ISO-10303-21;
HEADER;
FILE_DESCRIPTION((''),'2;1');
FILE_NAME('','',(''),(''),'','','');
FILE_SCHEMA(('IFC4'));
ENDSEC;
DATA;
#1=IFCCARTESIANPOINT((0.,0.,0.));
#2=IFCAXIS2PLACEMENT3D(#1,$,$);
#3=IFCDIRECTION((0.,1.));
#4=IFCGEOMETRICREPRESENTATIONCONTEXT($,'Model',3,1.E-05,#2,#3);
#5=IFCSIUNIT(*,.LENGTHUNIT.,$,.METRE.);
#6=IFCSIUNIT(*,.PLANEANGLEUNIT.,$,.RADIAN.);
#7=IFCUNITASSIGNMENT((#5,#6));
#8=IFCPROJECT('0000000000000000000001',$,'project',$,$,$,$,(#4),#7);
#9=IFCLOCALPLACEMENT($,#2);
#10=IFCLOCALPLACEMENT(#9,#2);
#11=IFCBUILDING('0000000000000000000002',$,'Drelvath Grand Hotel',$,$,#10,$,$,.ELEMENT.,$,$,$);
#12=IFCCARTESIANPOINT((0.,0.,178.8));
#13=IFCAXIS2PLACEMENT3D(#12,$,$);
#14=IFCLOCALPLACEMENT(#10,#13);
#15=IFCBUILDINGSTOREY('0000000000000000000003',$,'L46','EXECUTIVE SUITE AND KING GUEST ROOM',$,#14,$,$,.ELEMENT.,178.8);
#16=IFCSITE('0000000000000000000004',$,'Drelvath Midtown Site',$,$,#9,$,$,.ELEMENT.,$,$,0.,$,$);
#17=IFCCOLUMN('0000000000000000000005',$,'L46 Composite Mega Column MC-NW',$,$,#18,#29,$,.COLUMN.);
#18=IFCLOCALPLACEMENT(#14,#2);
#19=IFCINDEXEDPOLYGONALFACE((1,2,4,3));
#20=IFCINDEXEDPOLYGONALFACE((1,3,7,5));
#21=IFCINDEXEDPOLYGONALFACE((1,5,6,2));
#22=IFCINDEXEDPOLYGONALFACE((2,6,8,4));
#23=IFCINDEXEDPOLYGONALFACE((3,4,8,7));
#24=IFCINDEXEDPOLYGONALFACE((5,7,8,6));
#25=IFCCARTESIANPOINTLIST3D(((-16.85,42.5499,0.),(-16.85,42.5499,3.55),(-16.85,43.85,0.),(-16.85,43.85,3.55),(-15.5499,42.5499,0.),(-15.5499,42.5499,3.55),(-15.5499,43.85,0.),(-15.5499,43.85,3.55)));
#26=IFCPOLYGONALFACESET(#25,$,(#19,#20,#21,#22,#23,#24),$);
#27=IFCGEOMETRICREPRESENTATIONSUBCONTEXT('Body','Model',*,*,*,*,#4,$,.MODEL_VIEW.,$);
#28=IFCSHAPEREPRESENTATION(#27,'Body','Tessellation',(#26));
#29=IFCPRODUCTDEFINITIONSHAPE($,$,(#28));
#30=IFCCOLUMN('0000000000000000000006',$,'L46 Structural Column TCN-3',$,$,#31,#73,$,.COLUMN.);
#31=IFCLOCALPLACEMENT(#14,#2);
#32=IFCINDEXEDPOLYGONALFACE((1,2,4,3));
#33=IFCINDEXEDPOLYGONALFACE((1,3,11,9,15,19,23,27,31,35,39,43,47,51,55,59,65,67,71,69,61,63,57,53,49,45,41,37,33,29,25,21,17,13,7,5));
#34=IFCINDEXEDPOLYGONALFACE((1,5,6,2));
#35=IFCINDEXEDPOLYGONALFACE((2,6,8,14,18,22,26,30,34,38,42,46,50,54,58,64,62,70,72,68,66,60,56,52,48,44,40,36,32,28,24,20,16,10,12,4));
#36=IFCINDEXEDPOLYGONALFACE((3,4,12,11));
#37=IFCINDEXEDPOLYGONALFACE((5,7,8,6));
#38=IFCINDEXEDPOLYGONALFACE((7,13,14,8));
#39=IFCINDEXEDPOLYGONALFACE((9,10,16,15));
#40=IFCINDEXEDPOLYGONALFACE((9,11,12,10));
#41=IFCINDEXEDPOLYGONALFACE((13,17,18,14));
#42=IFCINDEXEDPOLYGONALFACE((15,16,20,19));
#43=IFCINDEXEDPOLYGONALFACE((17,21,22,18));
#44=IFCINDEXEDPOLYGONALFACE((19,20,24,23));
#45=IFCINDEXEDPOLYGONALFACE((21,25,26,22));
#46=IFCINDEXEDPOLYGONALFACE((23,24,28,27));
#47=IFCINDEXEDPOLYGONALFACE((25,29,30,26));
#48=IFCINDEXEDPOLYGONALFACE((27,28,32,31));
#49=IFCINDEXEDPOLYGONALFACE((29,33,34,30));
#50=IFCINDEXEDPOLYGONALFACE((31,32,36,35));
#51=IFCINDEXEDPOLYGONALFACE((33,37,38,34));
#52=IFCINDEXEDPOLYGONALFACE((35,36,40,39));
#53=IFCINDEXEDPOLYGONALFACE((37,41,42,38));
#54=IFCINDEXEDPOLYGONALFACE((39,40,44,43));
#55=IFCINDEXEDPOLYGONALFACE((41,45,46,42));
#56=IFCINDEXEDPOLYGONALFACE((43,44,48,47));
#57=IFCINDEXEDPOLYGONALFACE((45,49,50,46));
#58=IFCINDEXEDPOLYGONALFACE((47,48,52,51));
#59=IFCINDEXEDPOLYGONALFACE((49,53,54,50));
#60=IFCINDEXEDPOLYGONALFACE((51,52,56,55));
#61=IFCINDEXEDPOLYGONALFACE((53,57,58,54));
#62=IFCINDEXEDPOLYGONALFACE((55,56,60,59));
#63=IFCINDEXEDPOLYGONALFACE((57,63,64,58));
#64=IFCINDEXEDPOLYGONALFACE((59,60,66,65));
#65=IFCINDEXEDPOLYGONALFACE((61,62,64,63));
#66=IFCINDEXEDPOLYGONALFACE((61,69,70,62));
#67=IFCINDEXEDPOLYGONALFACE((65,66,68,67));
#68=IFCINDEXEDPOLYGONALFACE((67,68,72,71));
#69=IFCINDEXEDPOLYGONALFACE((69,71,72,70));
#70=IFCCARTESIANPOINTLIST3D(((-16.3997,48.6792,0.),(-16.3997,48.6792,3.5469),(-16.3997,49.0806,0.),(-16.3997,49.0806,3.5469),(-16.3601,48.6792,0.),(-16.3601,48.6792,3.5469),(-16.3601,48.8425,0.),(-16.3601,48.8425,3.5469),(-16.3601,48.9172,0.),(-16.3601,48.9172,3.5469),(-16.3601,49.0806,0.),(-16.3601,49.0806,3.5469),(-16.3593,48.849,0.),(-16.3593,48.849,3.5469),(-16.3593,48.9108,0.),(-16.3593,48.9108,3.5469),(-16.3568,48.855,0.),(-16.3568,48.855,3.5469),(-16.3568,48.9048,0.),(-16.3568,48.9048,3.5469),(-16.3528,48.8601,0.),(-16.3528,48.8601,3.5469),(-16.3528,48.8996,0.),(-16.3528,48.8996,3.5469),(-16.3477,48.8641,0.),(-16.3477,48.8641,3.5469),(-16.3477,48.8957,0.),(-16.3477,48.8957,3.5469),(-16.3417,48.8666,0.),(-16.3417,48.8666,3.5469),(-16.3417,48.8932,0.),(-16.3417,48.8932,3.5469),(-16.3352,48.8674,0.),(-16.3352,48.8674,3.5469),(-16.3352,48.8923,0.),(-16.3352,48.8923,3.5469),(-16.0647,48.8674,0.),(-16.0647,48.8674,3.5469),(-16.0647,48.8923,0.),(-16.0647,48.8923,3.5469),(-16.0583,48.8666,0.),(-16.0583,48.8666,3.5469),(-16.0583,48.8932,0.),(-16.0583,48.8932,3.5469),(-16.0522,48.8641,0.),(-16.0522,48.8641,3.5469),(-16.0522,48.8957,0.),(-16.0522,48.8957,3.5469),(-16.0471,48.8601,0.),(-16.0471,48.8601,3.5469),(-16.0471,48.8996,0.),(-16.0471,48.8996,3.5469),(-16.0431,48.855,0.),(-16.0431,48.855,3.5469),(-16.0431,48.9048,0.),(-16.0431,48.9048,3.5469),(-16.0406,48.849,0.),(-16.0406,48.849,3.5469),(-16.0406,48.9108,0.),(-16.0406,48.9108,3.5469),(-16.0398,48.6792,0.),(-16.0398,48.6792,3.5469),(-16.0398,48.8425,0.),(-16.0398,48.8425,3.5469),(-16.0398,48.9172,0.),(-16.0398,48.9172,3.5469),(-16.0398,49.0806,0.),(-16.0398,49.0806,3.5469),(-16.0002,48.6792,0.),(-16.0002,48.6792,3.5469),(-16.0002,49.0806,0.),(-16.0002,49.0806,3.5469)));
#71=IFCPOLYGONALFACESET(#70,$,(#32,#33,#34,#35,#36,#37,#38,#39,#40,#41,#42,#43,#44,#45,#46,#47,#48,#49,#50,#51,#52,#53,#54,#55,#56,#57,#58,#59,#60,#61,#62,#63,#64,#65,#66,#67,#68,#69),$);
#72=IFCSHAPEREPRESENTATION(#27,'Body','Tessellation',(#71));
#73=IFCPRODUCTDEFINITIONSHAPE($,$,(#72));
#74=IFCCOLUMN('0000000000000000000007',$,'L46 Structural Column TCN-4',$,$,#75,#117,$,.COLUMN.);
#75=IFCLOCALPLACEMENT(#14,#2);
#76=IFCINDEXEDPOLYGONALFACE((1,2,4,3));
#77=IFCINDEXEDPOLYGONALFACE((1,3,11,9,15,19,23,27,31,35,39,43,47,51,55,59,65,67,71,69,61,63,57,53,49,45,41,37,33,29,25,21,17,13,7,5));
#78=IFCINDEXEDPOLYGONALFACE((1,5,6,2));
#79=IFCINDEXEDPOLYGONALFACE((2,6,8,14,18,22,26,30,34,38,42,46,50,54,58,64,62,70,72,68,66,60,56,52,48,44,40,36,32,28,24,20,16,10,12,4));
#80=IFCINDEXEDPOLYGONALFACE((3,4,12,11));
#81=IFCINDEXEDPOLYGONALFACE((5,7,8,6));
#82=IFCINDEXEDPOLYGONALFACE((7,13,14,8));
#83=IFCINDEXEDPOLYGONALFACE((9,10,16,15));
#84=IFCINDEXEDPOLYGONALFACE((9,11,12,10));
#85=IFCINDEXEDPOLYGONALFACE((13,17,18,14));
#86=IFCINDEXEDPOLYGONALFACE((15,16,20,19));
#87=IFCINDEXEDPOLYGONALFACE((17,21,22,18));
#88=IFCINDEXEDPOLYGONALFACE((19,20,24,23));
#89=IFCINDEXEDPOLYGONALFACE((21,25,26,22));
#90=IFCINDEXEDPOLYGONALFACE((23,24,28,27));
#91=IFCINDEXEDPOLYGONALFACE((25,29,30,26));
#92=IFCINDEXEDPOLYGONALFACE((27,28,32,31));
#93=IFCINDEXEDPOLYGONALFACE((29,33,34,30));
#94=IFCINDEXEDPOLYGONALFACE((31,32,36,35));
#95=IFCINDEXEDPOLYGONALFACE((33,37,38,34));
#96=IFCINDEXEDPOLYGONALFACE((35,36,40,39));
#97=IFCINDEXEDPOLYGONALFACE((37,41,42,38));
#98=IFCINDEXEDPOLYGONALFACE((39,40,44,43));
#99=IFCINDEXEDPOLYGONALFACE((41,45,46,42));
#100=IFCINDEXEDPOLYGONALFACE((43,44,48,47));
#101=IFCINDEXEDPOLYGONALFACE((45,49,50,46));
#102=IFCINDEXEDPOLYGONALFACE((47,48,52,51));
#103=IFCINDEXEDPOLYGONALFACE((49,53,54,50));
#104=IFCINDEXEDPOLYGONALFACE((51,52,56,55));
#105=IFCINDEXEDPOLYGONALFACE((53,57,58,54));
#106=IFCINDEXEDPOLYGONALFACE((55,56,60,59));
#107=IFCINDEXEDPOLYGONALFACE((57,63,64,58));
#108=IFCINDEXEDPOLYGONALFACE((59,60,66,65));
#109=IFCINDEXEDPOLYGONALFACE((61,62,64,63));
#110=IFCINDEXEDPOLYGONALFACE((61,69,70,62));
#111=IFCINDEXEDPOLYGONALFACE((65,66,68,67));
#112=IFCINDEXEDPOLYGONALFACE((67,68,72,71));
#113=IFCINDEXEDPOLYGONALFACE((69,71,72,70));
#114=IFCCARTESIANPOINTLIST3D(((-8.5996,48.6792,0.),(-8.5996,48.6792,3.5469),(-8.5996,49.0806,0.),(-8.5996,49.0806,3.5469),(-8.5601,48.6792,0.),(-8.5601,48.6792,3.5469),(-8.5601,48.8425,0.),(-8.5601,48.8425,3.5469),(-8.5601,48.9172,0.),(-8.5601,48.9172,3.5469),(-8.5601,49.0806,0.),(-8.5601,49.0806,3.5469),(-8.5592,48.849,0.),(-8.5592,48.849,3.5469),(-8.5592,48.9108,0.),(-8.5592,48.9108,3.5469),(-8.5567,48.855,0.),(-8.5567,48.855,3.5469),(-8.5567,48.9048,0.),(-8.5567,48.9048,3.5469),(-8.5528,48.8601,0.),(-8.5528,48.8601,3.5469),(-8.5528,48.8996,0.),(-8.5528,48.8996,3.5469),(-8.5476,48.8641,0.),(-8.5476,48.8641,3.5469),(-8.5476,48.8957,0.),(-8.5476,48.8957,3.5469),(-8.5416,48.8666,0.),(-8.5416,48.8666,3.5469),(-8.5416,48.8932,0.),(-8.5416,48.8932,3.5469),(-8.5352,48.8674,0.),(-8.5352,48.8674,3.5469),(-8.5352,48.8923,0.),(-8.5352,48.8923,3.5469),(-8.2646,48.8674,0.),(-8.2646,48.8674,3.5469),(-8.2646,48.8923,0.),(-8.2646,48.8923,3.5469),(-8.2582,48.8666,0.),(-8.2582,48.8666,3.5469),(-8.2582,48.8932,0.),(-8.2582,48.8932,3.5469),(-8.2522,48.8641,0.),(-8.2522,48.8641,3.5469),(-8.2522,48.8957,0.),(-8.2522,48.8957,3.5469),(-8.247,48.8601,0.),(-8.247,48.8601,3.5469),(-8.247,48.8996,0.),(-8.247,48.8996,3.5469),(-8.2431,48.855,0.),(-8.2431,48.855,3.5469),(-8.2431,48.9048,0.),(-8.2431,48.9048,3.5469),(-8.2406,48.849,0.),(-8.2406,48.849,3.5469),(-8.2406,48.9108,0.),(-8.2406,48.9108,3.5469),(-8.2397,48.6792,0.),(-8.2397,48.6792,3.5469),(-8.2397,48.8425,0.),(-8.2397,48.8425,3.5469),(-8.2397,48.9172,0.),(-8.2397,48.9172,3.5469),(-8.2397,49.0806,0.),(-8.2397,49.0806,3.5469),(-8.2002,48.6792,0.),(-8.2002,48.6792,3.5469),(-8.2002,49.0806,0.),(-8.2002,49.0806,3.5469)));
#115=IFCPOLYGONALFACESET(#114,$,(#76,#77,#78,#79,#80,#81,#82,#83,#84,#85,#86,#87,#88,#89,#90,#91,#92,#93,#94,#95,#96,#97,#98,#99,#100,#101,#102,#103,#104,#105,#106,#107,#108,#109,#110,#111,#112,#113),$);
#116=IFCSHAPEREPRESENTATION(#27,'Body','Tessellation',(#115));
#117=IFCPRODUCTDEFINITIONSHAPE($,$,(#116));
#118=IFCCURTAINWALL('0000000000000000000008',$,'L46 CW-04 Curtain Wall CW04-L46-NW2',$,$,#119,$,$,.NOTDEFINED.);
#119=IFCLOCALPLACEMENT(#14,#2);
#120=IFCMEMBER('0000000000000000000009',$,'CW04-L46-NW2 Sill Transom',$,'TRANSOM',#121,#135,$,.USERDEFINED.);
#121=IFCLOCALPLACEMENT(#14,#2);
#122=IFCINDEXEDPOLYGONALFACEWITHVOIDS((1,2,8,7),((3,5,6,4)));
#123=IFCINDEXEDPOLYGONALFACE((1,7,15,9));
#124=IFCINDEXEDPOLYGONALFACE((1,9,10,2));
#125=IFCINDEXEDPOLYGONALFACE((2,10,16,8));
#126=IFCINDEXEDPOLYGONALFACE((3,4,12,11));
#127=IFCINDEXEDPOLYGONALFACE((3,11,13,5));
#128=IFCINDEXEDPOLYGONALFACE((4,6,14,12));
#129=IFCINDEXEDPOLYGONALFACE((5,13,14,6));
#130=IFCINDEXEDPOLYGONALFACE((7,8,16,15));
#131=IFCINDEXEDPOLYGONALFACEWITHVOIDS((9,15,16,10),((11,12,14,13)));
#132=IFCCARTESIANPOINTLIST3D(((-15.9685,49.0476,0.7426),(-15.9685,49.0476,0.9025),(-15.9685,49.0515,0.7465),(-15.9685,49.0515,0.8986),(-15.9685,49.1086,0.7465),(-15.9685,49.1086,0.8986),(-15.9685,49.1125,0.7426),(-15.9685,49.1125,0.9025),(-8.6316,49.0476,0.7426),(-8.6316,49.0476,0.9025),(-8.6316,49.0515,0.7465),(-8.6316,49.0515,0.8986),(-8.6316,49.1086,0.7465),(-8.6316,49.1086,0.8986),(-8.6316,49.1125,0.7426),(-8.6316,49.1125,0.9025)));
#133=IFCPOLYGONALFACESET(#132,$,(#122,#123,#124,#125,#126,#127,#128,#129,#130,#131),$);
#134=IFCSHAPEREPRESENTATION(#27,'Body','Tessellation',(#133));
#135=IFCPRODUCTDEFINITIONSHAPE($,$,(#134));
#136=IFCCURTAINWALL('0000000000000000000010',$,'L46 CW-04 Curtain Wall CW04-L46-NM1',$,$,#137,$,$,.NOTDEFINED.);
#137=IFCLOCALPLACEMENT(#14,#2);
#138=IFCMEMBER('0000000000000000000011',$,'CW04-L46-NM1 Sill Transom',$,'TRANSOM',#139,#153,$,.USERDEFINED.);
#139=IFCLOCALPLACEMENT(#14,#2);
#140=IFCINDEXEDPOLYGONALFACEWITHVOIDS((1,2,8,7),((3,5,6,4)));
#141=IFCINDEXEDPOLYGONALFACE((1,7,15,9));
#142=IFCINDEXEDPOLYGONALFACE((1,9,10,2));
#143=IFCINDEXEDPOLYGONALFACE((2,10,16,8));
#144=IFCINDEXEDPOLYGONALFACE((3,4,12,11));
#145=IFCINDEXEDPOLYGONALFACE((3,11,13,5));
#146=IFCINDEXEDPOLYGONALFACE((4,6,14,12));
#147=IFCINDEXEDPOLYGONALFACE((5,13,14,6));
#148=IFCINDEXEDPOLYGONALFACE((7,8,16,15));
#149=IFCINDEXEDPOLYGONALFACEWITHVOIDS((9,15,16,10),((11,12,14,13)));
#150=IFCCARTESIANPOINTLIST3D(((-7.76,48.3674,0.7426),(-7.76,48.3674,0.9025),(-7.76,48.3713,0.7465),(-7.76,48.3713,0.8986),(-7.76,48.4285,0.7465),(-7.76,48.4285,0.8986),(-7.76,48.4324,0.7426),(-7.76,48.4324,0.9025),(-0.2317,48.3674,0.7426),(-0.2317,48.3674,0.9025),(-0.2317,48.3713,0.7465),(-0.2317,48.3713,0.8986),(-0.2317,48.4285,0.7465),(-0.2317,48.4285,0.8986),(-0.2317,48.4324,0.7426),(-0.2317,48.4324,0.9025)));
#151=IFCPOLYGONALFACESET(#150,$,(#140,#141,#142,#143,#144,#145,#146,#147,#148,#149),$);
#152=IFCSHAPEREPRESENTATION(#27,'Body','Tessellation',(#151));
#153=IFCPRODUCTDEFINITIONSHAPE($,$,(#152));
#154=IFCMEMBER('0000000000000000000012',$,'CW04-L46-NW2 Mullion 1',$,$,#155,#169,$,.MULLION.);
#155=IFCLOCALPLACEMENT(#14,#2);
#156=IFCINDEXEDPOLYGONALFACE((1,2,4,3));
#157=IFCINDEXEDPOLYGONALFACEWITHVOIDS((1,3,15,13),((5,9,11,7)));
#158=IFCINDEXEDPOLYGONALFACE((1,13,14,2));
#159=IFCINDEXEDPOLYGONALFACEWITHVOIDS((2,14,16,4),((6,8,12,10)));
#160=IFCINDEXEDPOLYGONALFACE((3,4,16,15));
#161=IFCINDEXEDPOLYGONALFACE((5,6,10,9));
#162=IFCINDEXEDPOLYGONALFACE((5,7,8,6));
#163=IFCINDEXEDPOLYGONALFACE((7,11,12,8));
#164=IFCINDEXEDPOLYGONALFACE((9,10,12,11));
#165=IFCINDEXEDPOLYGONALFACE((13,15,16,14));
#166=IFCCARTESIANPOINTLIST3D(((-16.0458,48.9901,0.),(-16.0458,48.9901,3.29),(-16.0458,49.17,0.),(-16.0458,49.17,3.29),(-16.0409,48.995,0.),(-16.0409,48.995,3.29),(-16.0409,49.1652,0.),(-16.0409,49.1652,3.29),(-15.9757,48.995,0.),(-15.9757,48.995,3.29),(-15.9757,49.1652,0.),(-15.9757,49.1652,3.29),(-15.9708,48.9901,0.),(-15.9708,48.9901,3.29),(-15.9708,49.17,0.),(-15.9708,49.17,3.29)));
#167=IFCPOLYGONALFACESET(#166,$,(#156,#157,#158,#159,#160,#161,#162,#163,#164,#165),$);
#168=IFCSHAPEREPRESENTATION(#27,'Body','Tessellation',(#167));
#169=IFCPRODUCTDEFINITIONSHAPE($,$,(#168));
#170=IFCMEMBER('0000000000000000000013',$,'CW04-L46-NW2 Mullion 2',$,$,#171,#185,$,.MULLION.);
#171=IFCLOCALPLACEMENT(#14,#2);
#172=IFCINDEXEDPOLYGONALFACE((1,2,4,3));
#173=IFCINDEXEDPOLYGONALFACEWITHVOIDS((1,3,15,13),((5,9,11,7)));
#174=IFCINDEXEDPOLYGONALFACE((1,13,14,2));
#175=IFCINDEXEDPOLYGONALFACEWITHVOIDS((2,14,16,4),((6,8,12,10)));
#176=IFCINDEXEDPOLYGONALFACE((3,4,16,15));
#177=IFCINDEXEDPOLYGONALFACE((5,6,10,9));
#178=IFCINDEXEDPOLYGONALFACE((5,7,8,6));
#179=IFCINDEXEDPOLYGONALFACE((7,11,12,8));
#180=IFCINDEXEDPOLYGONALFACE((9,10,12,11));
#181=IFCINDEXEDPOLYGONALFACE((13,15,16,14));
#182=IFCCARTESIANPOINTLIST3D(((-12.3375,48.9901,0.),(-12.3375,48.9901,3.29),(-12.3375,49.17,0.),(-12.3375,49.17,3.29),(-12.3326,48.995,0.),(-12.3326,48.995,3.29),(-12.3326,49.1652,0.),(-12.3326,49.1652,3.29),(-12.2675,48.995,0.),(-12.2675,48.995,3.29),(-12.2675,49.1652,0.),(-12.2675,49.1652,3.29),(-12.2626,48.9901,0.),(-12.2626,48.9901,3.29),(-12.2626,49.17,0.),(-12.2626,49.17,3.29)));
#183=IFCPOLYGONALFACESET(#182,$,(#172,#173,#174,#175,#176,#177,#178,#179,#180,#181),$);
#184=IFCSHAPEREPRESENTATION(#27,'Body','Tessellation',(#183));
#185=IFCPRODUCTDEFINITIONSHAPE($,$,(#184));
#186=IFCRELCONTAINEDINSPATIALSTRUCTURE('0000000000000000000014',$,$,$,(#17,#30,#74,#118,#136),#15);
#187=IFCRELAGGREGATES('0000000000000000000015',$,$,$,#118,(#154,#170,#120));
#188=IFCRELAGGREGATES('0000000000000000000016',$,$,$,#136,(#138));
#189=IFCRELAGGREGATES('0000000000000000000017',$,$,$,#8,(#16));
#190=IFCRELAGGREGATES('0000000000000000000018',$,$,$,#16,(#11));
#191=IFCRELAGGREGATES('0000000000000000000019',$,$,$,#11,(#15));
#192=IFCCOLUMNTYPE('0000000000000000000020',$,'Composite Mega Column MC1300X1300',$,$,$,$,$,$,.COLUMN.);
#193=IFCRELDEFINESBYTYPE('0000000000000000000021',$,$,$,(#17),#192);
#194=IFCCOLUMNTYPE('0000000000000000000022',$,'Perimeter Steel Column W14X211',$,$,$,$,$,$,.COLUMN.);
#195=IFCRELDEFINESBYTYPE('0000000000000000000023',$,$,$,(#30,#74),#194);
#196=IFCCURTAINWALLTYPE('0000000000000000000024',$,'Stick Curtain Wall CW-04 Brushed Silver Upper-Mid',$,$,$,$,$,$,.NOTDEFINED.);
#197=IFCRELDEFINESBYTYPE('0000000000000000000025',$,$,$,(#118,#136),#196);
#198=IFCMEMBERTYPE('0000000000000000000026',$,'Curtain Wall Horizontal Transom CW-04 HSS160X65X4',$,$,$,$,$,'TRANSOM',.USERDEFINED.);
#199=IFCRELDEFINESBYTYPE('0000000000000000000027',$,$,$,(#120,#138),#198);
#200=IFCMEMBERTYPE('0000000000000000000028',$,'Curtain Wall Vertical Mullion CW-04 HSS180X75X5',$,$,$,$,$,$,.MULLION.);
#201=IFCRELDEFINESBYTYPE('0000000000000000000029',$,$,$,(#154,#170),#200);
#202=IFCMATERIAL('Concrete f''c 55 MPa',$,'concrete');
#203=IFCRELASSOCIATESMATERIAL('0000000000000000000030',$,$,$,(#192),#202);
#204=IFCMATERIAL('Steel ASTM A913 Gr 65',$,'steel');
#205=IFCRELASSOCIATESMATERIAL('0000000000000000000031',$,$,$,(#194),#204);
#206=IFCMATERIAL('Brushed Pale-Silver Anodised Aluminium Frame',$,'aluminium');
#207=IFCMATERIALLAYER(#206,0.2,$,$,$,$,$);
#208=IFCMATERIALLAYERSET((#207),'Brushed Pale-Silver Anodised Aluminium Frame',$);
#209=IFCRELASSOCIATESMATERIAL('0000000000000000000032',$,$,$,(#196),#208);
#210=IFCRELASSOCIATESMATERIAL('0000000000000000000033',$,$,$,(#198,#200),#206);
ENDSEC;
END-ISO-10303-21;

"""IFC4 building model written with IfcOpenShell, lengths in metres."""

from ifc_helpers import new_model, si_unit, direction, frame, origin, origin_2d, place, context, subcontext, project, spatial, rectangle, hollow_rectangle, i_section, extrude, material, layer, layer_set, material_profile, profile_set, type_object, element, aggregate, save


model = new_model("IFC4")

# Units and contexts
model_context = context("Model", 3, precision=1e-05, world=origin(), true_north=direction((0.0, 1.0)))
body_context = subcontext(model_context, "Body", "Model", "MODEL_VIEW")
ifc_project = project(units=[si_unit("LENGTHUNIT", "METRE"), si_unit("PLANEANGLEUNIT", "RADIAN")], contexts=[model_context])

# Site, building, storey
site_placement = place(None, origin())
site = spatial("IfcSite", under=ifc_project, at=site_placement, Name="Drelvath Midtown Site", CompositionType="ELEMENT", RefElevation=0.0)
building_placement = place(site_placement, origin())
building = spatial("IfcBuilding", under=site, at=building_placement, Name="Drelvath Grand Hotel", CompositionType="ELEMENT")
storey_placement = place(building_placement, frame((0.0, 0.0, 178.8)))
storey = spatial("IfcBuildingStorey", under=building, at=storey_placement, Name="L46", Description="EXECUTIVE SUITE AND KING GUEST ROOM", CompositionType="ELEMENT", Elevation=178.8)

# Columns
ifc_material_1 = material(Name="Concrete f'c 55 MPa", Category="concrete")
ifc_material_profile_1 = material_profile(ifc_material_1, rectangle(XDim=1.3, YDim=1.3, at=origin_2d()), Name="MC1300X1300")
ifc_profile_set_1 = profile_set([ifc_material_profile_1], Name="Concrete f'c 55 MPa")
column_type_1 = type_object("IfcColumnType", Name="Composite Mega Column MC1300X1300", PredefinedType="COLUMN", material=ifc_profile_set_1)
column_placement = place(storey_placement, frame((-16.2, 43.2, 0.0), z_axis=(0.0, 0.0, 1.0), x_axis=(1.0, 0.0, 0.0)))
element("IfcColumn", 1, at=column_placement, inside=storey, type_object=column_type_1, Name="L46 Composite Mega Column MC-NW", PredefinedType="COLUMN", context=body_context, shape_type="SweptSolid", body=[
    extrude(rectangle(XDim=1.3, YDim=1.3, at=origin_2d()), origin(), (0.0, 0.0, 1.0), 3.55),
])
ifc_material_2 = material(Name="Steel ASTM A913 Gr 65", Category="steel")
ifc_material_profile_2 = material_profile(ifc_material_2, i_section(OverallWidth=0.4014, OverallDepth=0.3994, WebThickness=0.0249, FlangeThickness=0.0396, FilletRadius=0.0249, at=origin_2d()), Name="W14X211")
ifc_profile_set_2 = profile_set([ifc_material_profile_2], Name="Steel ASTM A913 Gr 65")
column_type_2 = type_object("IfcColumnType", Name="Perimeter Steel Column W14X211", PredefinedType="COLUMN", material=ifc_profile_set_2)
for number, where, z_axis, x_axis, name in (
    (2, (-16.2, 48.8799, 0.0), (0.0, 0.0, 1.0), (0.0, 1.0, 0.0), "L46 Structural Column TCN-3"),
    (3, (-8.3999, 48.8799, 0.0), (0.0, 0.0, 1.0), (0.0, 1.0, 0.0), "L46 Structural Column TCN-4"),
):
    element("IfcColumn", number, at=place(storey_placement, frame(where, z_axis=z_axis, x_axis=x_axis)), inside=storey, type_object=column_type_2, Name=name, PredefinedType="COLUMN", context=body_context, shape_type="SweptSolid", body=[
        extrude(i_section(OverallWidth=0.4014, OverallDepth=0.3994, WebThickness=0.0249, FlangeThickness=0.0396, FilletRadius=0.0249, at=origin_2d()), origin(), (0.0, 0.0, 1.0), 3.5469),
    ])

# Curtain walls, members
ifc_material_3 = material(Name="Brushed Pale-Silver Anodised Aluminium Frame", Category="aluminium")
ifc_layer_1 = layer(ifc_material_3, 0.2)
ifc_layer_set_1 = layer_set([ifc_layer_1], Name="Brushed Pale-Silver Anodised Aluminium Frame")
curtain_wall_type = type_object("IfcCurtainWallType", Name="Stick Curtain Wall CW-04 Brushed Silver Upper-Mid", PredefinedType="NOTDEFINED", material=ifc_layer_set_1)
curtain_wall_1_placement = place(storey_placement, origin())
curtain_wall_1 = element("IfcCurtainWall", 4, at=curtain_wall_1_placement, inside=storey, type_object=curtain_wall_type, Name="L46 CW-04 Curtain Wall CW04-L46-NW2", PredefinedType="NOTDEFINED")
ifc_material_profile_3 = material_profile(ifc_material_3, hollow_rectangle(XDim=0.0649, YDim=0.1599, WallThickness=0.0039, at=origin_2d()), Name="HSS160X65X4")
ifc_profile_set_3 = profile_set([ifc_material_profile_3], Name="Brushed Pale-Silver Anodised Aluminium Frame")
member_type_1 = type_object("IfcMemberType", Name="Curtain Wall Horizontal Transom CW-04 HSS160X65X4", ElementType="TRANSOM", PredefinedType="USERDEFINED", material=ifc_profile_set_3)
member_1_placement = place(storey_placement, frame((-15.9685, 49.0801, 0.8225), z_axis=(1.0, 0.0, 0.0), x_axis=(0.0, 1.0, 0.0)))
member_1 = element("IfcMember", 5, at=member_1_placement, type_object=member_type_1, Name="CW04-L46-NW2 Sill Transom", ObjectType="TRANSOM", PredefinedType="USERDEFINED", context=body_context, shape_type="SweptSolid", body=[
    extrude(hollow_rectangle(XDim=0.0649, YDim=0.1599, WallThickness=0.0039, at=origin_2d()), origin(), (0.0, 0.0, 1.0), 7.3369),
])
curtain_wall_2_placement = place(storey_placement, origin())
curtain_wall_2 = element("IfcCurtainWall", 6, at=curtain_wall_2_placement, inside=storey, type_object=curtain_wall_type, Name="L46 CW-04 Curtain Wall CW04-L46-NM1", PredefinedType="NOTDEFINED")
member_2_placement = place(storey_placement, frame((-7.76, 48.3999, 0.8225), z_axis=(1.0, 0.0, 0.0), x_axis=(0.0, 1.0, 0.0)))
member_2 = element("IfcMember", 7, at=member_2_placement, type_object=member_type_1, Name="CW04-L46-NM1 Sill Transom", ObjectType="TRANSOM", PredefinedType="USERDEFINED", context=body_context, shape_type="SweptSolid", body=[
    extrude(hollow_rectangle(XDim=0.0649, YDim=0.1599, WallThickness=0.0039, at=origin_2d()), origin(), (0.0, 0.0, 1.0), 7.5283),
])

# Members
ifc_material_profile_4 = material_profile(ifc_material_3, hollow_rectangle(XDim=0.075, YDim=0.1799, WallThickness=0.0049, at=origin_2d()), Name="HSS180X75X5")
ifc_profile_set_4 = profile_set([ifc_material_profile_4], Name="Brushed Pale-Silver Anodised Aluminium Frame")
member_type_2 = type_object("IfcMemberType", Name="Curtain Wall Vertical Mullion CW-04 HSS180X75X5", PredefinedType="MULLION", material=ifc_profile_set_4)
member_3_placement = place(storey_placement, frame((-16.0083, 49.0801, 0.0), z_axis=(0.0, 0.0, 1.0), x_axis=(1.0, 0.0, 0.0)))
member_3 = element("IfcMember", 8, at=member_3_placement, type_object=member_type_2, Name="CW04-L46-NW2 Mullion 1", PredefinedType="MULLION", context=body_context, shape_type="SweptSolid", body=[
    extrude(hollow_rectangle(XDim=0.075, YDim=0.1799, WallThickness=0.0049, at=origin_2d()), origin(), (0.0, 0.0, 1.0), 3.29),
])
member_4_placement = place(storey_placement, frame((-12.3, 49.0801, 0.0), z_axis=(0.0, 0.0, 1.0), x_axis=(1.0, 0.0, 0.0)))
member_4 = element("IfcMember", 9, at=member_4_placement, type_object=member_type_2, Name="CW04-L46-NW2 Mullion 2", PredefinedType="MULLION", context=body_context, shape_type="SweptSolid", body=[
    extrude(hollow_rectangle(XDim=0.075, YDim=0.1799, WallThickness=0.0049, at=origin_2d()), origin(), (0.0, 0.0, 1.0), 3.29),
])

aggregate(curtain_wall_1, [member_3, member_4, member_1])
aggregate(curtain_wall_2, [member_2])

save(model, "model.ifc")
